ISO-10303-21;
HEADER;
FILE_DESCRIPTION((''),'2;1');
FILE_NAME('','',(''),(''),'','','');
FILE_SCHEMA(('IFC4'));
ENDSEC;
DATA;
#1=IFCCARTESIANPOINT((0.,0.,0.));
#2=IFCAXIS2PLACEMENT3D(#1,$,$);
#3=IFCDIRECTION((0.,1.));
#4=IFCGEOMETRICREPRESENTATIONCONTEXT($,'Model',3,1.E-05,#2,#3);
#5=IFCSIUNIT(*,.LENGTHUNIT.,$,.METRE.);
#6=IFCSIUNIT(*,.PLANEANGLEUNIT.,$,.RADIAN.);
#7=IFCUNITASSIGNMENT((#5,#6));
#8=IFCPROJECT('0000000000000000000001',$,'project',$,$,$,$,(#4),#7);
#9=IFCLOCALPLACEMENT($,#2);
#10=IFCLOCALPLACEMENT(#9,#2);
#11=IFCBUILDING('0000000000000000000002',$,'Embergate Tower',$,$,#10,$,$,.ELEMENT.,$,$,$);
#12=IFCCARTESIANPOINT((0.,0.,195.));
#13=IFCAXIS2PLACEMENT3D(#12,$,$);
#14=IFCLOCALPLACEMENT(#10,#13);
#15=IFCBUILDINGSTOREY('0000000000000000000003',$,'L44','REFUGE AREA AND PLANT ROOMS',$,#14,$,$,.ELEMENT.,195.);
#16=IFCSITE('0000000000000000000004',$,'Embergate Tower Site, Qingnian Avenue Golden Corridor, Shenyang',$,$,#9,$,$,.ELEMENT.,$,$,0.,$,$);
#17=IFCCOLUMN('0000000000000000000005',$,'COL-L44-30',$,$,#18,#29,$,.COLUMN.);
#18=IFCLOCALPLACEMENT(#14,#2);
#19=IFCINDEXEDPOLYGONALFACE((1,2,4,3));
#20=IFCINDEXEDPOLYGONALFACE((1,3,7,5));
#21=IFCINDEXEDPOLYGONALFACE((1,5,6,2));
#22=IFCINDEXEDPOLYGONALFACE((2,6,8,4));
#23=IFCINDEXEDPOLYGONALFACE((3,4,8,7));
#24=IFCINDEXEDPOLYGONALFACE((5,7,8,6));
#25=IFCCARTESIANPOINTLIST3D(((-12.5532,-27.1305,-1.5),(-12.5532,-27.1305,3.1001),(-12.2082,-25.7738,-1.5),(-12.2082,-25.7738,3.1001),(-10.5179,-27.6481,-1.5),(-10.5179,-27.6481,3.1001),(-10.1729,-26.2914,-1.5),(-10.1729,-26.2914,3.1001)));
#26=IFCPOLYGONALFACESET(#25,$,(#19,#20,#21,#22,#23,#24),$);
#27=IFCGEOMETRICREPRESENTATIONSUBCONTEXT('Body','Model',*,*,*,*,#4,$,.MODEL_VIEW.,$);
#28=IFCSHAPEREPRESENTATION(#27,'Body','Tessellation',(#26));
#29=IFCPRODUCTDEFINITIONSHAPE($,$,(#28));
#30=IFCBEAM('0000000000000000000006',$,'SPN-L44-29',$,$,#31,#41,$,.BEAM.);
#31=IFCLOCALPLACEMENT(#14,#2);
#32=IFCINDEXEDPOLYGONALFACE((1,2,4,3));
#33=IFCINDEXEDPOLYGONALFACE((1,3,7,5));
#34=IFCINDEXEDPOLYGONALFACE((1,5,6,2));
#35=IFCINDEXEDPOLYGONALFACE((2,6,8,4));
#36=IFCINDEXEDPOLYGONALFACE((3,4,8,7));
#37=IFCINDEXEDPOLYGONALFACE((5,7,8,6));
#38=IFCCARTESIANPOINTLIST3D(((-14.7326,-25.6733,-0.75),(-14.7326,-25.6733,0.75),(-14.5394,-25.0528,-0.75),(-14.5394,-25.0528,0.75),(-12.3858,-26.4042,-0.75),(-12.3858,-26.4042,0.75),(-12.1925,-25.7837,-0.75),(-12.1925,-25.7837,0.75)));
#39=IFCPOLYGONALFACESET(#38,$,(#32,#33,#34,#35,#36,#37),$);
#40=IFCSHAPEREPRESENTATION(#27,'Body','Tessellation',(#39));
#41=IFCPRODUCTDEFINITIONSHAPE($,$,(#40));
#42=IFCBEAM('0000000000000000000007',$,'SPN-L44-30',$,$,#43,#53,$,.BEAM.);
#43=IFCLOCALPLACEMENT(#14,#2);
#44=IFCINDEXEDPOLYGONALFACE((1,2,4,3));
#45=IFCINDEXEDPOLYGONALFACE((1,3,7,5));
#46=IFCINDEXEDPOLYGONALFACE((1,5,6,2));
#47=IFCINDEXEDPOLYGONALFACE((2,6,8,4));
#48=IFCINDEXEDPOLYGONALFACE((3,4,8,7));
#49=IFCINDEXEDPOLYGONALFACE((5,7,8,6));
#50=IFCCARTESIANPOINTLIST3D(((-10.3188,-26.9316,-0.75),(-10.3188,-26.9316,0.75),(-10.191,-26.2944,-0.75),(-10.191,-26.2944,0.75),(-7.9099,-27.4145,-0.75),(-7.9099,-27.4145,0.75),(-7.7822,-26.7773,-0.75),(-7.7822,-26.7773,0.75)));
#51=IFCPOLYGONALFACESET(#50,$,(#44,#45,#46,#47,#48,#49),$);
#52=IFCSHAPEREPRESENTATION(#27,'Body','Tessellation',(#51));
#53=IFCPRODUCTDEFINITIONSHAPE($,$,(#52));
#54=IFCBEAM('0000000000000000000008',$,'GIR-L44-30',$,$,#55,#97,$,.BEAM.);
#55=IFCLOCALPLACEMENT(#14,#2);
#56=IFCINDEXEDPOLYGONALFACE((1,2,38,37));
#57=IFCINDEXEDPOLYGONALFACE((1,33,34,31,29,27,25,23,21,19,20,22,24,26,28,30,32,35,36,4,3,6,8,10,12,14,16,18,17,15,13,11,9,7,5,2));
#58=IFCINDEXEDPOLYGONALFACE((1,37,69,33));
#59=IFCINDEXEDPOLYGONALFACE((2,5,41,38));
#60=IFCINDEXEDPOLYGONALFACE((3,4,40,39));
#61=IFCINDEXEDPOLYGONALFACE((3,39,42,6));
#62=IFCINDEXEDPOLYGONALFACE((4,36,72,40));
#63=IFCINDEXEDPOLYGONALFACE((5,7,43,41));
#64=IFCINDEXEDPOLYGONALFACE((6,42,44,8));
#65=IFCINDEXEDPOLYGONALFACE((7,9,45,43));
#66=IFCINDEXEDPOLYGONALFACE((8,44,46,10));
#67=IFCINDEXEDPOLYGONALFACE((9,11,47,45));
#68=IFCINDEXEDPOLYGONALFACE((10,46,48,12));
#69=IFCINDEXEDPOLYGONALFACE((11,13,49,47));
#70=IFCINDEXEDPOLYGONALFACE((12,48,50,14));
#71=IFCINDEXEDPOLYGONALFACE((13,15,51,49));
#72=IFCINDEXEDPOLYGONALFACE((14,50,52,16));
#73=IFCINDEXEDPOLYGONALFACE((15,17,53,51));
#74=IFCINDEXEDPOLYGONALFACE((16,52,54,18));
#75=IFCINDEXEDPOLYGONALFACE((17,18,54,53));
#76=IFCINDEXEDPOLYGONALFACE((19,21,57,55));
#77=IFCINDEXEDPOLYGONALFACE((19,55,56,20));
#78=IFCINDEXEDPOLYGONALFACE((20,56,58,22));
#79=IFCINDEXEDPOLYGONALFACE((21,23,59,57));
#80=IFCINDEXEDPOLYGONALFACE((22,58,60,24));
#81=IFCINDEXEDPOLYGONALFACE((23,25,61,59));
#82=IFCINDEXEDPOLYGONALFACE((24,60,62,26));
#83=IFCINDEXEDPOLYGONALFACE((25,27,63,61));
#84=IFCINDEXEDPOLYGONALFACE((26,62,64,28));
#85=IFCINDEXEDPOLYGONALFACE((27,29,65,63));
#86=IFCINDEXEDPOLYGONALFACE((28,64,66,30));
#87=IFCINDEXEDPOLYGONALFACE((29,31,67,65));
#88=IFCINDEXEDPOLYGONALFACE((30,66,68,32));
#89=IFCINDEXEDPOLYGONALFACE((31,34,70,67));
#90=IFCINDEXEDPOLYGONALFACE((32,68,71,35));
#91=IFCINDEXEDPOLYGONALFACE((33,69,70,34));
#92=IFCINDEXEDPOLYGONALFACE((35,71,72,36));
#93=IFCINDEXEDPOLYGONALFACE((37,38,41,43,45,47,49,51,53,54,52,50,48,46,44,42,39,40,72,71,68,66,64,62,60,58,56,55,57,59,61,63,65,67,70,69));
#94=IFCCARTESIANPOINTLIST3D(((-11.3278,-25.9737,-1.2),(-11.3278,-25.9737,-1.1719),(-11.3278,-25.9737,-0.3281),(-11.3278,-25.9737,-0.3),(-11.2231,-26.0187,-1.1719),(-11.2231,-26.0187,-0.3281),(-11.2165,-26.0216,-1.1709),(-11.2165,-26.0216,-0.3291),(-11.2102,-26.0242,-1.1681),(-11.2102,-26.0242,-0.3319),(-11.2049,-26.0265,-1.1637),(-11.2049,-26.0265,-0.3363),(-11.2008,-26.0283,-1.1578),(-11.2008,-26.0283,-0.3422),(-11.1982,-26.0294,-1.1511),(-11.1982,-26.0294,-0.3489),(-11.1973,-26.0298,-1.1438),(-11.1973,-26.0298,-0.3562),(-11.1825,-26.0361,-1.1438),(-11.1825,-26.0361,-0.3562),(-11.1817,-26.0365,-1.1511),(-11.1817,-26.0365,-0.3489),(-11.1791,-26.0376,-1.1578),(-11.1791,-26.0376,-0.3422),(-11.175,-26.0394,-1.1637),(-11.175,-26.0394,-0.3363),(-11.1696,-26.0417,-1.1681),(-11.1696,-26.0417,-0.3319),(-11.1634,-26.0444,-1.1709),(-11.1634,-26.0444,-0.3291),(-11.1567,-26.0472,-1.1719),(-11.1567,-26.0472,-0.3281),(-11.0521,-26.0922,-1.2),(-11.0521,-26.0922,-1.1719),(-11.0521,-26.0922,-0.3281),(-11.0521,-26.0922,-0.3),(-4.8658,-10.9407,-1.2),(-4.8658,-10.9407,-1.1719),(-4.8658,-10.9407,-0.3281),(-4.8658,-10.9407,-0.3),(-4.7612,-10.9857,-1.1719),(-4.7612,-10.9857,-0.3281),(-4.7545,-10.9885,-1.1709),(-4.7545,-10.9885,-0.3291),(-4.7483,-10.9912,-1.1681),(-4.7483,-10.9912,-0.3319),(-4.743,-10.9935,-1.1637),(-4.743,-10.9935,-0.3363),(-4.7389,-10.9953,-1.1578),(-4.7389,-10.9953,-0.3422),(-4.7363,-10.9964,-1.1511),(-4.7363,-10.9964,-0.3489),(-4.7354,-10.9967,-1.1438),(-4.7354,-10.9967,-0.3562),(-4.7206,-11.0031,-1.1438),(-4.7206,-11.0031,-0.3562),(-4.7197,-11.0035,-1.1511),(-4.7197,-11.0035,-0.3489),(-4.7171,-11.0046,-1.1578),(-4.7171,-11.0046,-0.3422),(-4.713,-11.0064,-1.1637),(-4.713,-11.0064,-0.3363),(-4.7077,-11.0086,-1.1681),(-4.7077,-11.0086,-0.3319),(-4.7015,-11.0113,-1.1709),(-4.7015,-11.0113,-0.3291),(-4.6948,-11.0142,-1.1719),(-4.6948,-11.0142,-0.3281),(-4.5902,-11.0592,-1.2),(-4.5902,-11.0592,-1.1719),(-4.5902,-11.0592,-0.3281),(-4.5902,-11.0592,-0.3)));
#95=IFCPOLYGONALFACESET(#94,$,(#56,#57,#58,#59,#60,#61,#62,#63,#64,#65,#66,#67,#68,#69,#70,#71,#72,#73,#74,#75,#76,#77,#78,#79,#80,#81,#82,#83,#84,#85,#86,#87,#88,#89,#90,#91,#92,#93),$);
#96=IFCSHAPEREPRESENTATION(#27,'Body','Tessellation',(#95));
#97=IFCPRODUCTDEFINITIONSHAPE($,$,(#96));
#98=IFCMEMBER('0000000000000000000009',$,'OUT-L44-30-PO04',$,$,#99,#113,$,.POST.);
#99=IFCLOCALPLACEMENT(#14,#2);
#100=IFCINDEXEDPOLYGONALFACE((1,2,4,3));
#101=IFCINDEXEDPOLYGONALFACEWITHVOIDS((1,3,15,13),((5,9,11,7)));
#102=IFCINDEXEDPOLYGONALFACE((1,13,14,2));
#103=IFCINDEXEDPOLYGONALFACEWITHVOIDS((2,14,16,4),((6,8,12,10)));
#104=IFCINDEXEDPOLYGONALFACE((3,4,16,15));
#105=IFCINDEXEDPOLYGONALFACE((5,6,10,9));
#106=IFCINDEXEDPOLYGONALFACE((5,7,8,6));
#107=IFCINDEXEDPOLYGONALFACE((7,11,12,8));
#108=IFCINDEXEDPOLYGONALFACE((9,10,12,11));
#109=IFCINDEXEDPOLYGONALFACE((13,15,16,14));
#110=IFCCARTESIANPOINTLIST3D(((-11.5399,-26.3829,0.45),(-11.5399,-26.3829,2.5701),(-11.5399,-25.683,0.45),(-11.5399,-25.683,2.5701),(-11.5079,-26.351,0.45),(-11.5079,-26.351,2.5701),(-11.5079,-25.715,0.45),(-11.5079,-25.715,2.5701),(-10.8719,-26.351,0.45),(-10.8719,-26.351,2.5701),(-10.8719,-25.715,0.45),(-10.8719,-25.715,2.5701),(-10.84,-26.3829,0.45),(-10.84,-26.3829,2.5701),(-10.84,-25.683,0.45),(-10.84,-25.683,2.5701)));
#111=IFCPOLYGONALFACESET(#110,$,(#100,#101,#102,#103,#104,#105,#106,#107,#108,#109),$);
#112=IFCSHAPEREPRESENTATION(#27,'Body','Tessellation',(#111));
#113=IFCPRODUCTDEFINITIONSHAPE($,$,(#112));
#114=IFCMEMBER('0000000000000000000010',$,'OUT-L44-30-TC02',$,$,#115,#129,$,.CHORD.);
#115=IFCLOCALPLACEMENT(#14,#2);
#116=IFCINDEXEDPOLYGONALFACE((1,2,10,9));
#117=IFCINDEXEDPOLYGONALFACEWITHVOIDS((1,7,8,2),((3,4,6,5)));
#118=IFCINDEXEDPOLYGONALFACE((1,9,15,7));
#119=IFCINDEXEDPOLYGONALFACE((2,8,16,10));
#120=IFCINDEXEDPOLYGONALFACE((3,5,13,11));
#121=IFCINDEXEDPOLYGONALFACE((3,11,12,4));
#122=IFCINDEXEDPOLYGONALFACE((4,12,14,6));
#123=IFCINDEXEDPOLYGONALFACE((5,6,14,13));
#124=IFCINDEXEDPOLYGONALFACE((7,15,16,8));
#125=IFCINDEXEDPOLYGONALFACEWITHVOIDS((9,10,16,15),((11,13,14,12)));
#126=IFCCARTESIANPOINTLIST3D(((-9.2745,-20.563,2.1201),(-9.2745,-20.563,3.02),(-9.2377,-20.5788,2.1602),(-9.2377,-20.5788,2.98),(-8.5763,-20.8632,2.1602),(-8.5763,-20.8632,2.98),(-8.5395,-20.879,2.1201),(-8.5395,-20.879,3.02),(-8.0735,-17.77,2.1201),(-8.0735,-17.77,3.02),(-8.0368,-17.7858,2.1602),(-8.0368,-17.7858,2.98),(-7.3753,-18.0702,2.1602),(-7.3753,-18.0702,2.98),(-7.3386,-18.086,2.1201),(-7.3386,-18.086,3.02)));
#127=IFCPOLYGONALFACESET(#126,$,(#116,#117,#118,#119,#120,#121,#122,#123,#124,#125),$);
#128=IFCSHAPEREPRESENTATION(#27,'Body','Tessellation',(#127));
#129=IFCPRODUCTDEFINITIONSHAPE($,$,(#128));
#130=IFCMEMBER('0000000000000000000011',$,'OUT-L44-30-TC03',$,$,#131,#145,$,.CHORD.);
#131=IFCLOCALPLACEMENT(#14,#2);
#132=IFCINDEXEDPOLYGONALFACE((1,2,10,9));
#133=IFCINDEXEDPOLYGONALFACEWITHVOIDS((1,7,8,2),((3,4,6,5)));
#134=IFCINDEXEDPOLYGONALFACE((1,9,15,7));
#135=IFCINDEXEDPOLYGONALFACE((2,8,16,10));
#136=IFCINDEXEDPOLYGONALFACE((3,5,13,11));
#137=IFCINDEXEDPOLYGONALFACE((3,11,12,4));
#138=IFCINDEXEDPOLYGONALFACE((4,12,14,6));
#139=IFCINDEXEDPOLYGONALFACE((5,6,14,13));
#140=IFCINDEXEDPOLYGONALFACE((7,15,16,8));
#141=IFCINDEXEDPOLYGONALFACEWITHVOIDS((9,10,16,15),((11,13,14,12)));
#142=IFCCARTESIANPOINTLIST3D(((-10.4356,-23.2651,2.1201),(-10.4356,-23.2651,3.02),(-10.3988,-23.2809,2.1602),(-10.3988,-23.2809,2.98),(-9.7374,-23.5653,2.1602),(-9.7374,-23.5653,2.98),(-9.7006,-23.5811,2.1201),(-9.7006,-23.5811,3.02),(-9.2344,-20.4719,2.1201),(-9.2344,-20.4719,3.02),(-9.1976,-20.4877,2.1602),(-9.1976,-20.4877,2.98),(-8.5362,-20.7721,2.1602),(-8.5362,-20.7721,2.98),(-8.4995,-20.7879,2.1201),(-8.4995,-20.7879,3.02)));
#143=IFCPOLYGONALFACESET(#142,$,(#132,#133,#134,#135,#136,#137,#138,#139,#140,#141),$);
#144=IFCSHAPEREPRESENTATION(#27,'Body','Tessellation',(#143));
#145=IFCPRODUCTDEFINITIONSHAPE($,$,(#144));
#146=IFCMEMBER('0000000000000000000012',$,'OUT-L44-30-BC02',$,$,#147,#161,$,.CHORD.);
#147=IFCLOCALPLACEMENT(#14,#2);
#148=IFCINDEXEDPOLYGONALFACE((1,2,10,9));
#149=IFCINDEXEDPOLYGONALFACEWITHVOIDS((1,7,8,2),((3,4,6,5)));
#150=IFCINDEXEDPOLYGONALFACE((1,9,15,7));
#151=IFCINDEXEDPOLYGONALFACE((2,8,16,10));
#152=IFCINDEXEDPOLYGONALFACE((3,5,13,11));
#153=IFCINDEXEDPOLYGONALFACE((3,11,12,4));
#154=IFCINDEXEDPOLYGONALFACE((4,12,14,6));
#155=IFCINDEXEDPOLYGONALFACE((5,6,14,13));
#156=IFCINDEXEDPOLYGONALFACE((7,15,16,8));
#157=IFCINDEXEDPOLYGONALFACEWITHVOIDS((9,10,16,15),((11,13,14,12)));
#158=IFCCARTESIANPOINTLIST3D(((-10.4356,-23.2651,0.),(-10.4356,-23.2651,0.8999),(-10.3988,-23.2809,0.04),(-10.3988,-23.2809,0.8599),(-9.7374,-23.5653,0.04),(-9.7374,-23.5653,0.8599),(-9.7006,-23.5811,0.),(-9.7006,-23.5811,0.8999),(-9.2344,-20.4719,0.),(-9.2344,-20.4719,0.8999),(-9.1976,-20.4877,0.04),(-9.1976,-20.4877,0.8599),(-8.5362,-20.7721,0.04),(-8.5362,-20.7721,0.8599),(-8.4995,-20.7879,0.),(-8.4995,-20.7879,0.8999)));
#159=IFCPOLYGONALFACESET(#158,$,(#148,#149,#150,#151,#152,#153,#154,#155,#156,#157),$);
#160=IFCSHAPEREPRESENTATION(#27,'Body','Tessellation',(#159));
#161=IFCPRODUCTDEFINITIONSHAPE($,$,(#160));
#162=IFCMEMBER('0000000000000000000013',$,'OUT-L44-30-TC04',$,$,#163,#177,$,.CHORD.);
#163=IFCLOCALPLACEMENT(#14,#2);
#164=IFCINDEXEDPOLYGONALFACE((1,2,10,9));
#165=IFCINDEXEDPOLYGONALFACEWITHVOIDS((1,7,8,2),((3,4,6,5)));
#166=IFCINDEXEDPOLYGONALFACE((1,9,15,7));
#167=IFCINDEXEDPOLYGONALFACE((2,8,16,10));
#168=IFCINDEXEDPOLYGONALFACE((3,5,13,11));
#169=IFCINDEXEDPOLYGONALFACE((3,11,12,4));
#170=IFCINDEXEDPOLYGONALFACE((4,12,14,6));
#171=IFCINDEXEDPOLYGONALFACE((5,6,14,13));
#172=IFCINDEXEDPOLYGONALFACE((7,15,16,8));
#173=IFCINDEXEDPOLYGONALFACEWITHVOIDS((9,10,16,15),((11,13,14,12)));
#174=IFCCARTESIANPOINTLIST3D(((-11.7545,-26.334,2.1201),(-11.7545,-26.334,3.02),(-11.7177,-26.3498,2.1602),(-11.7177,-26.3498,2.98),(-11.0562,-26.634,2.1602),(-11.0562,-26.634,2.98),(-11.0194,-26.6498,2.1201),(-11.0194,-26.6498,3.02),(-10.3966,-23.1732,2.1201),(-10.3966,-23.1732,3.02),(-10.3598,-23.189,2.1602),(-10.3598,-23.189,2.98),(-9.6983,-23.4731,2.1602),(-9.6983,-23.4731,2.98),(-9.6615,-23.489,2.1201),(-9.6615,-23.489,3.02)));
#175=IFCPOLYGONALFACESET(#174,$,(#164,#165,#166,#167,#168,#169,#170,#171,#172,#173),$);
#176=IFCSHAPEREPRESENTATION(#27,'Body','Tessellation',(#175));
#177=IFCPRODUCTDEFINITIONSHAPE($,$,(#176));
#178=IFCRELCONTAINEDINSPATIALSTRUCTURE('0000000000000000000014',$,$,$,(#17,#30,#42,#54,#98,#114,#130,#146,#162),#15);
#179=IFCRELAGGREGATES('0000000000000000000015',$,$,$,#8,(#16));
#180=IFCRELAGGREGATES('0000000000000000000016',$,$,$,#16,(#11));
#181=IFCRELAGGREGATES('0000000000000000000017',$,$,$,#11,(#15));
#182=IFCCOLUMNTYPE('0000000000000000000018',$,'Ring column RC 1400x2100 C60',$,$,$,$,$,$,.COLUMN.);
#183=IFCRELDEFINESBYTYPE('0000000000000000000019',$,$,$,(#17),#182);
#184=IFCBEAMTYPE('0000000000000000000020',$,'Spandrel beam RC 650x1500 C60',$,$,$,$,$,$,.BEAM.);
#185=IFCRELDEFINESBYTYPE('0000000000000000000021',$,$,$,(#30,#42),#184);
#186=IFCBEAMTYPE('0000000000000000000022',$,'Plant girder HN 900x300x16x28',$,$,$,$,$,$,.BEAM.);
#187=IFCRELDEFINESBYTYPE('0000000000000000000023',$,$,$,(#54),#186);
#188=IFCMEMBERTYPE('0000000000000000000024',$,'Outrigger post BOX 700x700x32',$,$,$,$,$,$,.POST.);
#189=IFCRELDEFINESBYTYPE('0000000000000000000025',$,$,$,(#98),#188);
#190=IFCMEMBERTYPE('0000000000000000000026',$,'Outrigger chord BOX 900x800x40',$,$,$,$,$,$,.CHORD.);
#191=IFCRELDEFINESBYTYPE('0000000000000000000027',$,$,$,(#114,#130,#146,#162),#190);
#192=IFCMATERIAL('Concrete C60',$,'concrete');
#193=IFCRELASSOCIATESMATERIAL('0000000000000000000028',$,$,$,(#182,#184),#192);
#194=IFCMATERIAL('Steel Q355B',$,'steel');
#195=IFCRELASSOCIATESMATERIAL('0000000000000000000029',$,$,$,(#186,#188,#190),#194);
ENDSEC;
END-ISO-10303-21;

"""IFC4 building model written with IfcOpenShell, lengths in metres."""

from ifc_helpers import new_model, si_unit, direction, frame, origin, origin_2d, place, context, subcontext, project, spatial, rectangle, hollow_rectangle, i_section, extrude, source, transform, mapped, material, material_profile, profile_set, type_object, element, save


model = new_model("IFC4")

# Units and contexts
model_context = context("Model", 3, precision=1e-05, world=origin(), true_north=direction((0.0, 1.0)))
body_context = subcontext(model_context, "Body", "Model", "MODEL_VIEW")
ifc_project = project(units=[si_unit("LENGTHUNIT", "METRE"), si_unit("PLANEANGLEUNIT", "RADIAN")], contexts=[model_context])

# Site, building, storey
site_placement = place(None, origin())
site = spatial("IfcSite", under=ifc_project, at=site_placement, Name="Embergate Tower Site, Qingnian Avenue Golden Corridor, Shenyang", CompositionType="ELEMENT", RefElevation=0.0)
building_placement = place(site_placement, origin())
building = spatial("IfcBuilding", under=site, at=building_placement, Name="Embergate Tower", CompositionType="ELEMENT")
storey_placement = place(building_placement, frame((0.0, 0.0, 195.0)))
storey = spatial("IfcBuildingStorey", under=building, at=storey_placement, Name="L44", Description="REFUGE AREA AND PLANT ROOMS", CompositionType="ELEMENT", Elevation=195.0)

# Column
ifc_material_1 = material(Name="Concrete C60", Category="concrete")
ifc_material_profile_1 = material_profile(ifc_material_1, rectangle(XDim=1.3999, YDim=2.1001, at=origin_2d()), Name="RC 1400x2100")
ifc_profile_set_1 = profile_set([ifc_material_profile_1], Name="Concrete C60")
column_type = type_object("IfcColumnType", Name="Ring column RC 1400x2100 C60", PredefinedType="COLUMN", material=ifc_profile_set_1)
shared_shape_1 = source(origin(), body_context, "Body", "SweptSolid", [
    extrude(rectangle(XDim=1.3999, YDim=2.1001, at=origin_2d()), origin(), (0.0, 0.0, 1.0), 4.6001),
])
column_placement = place(storey_placement, frame((-11.363, -26.7109, -1.5), z_axis=(0.0, 0.0, 1.0), x_axis=(-0.246492, -0.969145, 0.0)))
element("IfcColumn", 1, at=column_placement, inside=storey, type_object=column_type, Name="COL-L44-30", PredefinedType="COLUMN", context=body_context, shape_type="MappedRepresentation", body=[
    mapped(shared_shape_1, transform((0.0, 0.0, 0.0))),
])

# Beams
ifc_material_profile_2 = material_profile(ifc_material_1, rectangle(XDim=0.6499, YDim=1.5, at=origin_2d()), Name="RC 650x1500")
ifc_profile_set_2 = profile_set([ifc_material_profile_2], Name="Concrete C60")
beam_type_1 = type_object("IfcBeamType", Name="Spandrel beam RC 650x1500 C60", PredefinedType="BEAM", material=ifc_profile_set_2)
shared_shape_2 = source(origin(), body_context, "Body", "SweptSolid", [
    extrude(rectangle(XDim=0.6499, YDim=1.5, at=origin_2d()), origin(), (0.0, 0.0, 1.0), 2.458),
])
beam_1_placement = place(storey_placement, frame((-14.636, -25.363, 0.0), z_axis=(0.954764, -0.297364, 0.0), x_axis=(0.297364, 0.954764, 0.0)))
element("IfcBeam", 2, at=beam_1_placement, inside=storey, type_object=beam_type_1, Name="SPN-L44-29", PredefinedType="BEAM", context=body_context, shape_type="MappedRepresentation", body=[
    mapped(shared_shape_2, transform((0.0, 0.0, 0.0))),
])
shared_shape_3 = source(origin(), body_context, "Body", "SweptSolid", [
    extrude(rectangle(XDim=0.6499, YDim=1.5, at=origin_2d()), origin(), (0.0, 0.0, 1.0), 2.4568),
])
beam_2_placement = place(storey_placement, frame((-10.2549, -26.613, 0.0), z_axis=(0.980493, -0.196556, 0.0), x_axis=(0.196556, 0.980493, 0.0)))
element("IfcBeam", 3, at=beam_2_placement, inside=storey, type_object=beam_type_1, Name="SPN-L44-30", PredefinedType="BEAM", context=body_context, shape_type="MappedRepresentation", body=[
    mapped(shared_shape_3, transform((0.0, 0.0, 0.0))),
])
ifc_material_2 = material(Name="Steel Q355B", Category="steel")
ifc_material_profile_3 = material_profile(ifc_material_2, i_section(OverallWidth=0.3, OverallDepth=0.8999, WebThickness=0.0161, FlangeThickness=0.0281, FilletRadius=0.0281, at=origin_2d()), Name="HN 900x300x16x28")
ifc_profile_set_3 = profile_set([ifc_material_profile_3], Name="Steel Q355 grade B")
beam_type_2 = type_object("IfcBeamType", Name="Plant girder HN 900x300x16x28", PredefinedType="BEAM", material=ifc_profile_set_3)
shared_shape_4 = source(origin(), body_context, "Body", "SweptSolid", [
    extrude(i_section(OverallWidth=0.3, OverallDepth=0.8999, WebThickness=0.0161, FlangeThickness=0.0281, FilletRadius=0.0281, at=origin_2d()), origin(), (0.0, 0.0, 1.0), 16.363),
])
beam_3_placement = place(storey_placement, frame((-11.1899, -26.033, -0.75), z_axis=(0.394911, 0.918719, 0.0), x_axis=(-0.918719, 0.394911, 0.0)))
element("IfcBeam", 4, at=beam_3_placement, inside=storey, type_object=beam_type_2, Name="GIR-L44-30", PredefinedType="BEAM", context=body_context, shape_type="MappedRepresentation", body=[
    mapped(shared_shape_4, transform((0.0, 0.0, 0.0))),
])

# Members
ifc_material_profile_4 = material_profile(ifc_material_2, hollow_rectangle(XDim=0.7, YDim=0.7, WallThickness=0.032, at=origin_2d()), Name="BOX 700x700x32")
ifc_profile_set_4 = profile_set([ifc_material_profile_4], Name="Steel Q355 grade B")
member_type_1 = type_object("IfcMemberType", Name="Outrigger post BOX 700x700x32", PredefinedType="POST", material=ifc_profile_set_4)
shared_shape_5 = source(origin(), body_context, "Body", "SweptSolid", [
    extrude(hollow_rectangle(XDim=0.7, YDim=0.7, WallThickness=0.032, at=origin_2d()), origin(), (0.0, 0.0, 1.0), 2.1201),
])
member_1_placement = place(storey_placement, frame((-11.1899, -26.033, 0.45), z_axis=(0.0, 0.0, 1.0), x_axis=(1.0, 0.0, 0.0)))
element("IfcMember", 5, at=member_1_placement, inside=storey, type_object=member_type_1, Name="OUT-L44-30-PO04", PredefinedType="POST", context=body_context, shape_type="MappedRepresentation", body=[
    mapped(shared_shape_5, transform((0.0, 0.0, 0.0))),
])
ifc_material_profile_5 = material_profile(ifc_material_2, hollow_rectangle(XDim=0.8, YDim=0.8999, WallThickness=0.04, at=origin_2d()), Name="BOX 900x800x40")
ifc_profile_set_5 = profile_set([ifc_material_profile_5], Name="Steel Q355 grade B")
member_type_2 = type_object("IfcMemberType", Name="Outrigger chord BOX 900x800x40", PredefinedType="CHORD", material=ifc_profile_set_5)
shared_shape_6 = source(origin(), body_context, "Body", "SweptSolid", [
    extrude(hollow_rectangle(XDim=0.8, YDim=0.8999, WallThickness=0.04, at=origin_2d()), origin(), (0.0, 0.0, 1.0), 3.0403),
])
member_2_placement = place(storey_placement, frame((-7.7061, -17.928, 2.5701), z_axis=(-0.395014, -0.918675, 0.0), x_axis=(0.918675, -0.395014, 0.0)))
element("IfcMember", 6, at=member_2_placement, inside=storey, type_object=member_type_2, Name="OUT-L44-30-TC02", PredefinedType="CHORD", context=body_context, shape_type="MappedRepresentation", body=[
    mapped(shared_shape_6, transform((0.0, 0.0, 0.0))),
])
shared_shape_7 = source(origin(), body_context, "Body", "SweptSolid", [
    extrude(hollow_rectangle(XDim=0.8, YDim=0.8999, WallThickness=0.04, at=origin_2d()), origin(), (0.0, 0.0, 1.0), 3.0405),
])
for number, where, z_axis, x_axis, name in (
    (7, (-8.8669, -20.6299, 2.5701), (-0.395053, -0.918658, 0.0), (0.918658, -0.395053, 0.0), "OUT-L44-30-TC03"),
    (8, (-8.8669, -20.6299, 0.45), (-0.395053, -0.918658, 0.0), (0.918658, -0.395053, 0.0), "OUT-L44-30-BC02"),
):
    element("IfcMember", number, at=place(storey_placement, frame(where, z_axis=z_axis, x_axis=x_axis)), inside=storey, type_object=member_type_2, Name=name, PredefinedType="CHORD", context=body_context, shape_type="MappedRepresentation", body=[
        mapped(shared_shape_7, transform((0.0, 0.0, 0.0))),
    ])
shared_shape_8 = source(origin(), body_context, "Body", "SweptSolid", [
    extrude(hollow_rectangle(XDim=0.8, YDim=0.8999, WallThickness=0.04, at=origin_2d()), origin(), (0.0, 0.0, 1.0), 3.4402),
])
for number, where, z_axis, x_axis, name in (
    (9, (-10.0291, -23.3311, 2.5701), (-0.394716, -0.918803, 0.0), (0.918803, -0.394716, 0.0), "OUT-L44-30-TC04"),
):
    element("IfcMember", number, at=place(storey_placement, frame(where, z_axis=z_axis, x_axis=x_axis)), inside=storey, type_object=member_type_2, Name=name, PredefinedType="CHORD", context=body_context, shape_type="MappedRepresentation", body=[
        mapped(shared_shape_8, transform((0.0, 0.0, 0.0))),
    ])

save(model, "model.ifc")
